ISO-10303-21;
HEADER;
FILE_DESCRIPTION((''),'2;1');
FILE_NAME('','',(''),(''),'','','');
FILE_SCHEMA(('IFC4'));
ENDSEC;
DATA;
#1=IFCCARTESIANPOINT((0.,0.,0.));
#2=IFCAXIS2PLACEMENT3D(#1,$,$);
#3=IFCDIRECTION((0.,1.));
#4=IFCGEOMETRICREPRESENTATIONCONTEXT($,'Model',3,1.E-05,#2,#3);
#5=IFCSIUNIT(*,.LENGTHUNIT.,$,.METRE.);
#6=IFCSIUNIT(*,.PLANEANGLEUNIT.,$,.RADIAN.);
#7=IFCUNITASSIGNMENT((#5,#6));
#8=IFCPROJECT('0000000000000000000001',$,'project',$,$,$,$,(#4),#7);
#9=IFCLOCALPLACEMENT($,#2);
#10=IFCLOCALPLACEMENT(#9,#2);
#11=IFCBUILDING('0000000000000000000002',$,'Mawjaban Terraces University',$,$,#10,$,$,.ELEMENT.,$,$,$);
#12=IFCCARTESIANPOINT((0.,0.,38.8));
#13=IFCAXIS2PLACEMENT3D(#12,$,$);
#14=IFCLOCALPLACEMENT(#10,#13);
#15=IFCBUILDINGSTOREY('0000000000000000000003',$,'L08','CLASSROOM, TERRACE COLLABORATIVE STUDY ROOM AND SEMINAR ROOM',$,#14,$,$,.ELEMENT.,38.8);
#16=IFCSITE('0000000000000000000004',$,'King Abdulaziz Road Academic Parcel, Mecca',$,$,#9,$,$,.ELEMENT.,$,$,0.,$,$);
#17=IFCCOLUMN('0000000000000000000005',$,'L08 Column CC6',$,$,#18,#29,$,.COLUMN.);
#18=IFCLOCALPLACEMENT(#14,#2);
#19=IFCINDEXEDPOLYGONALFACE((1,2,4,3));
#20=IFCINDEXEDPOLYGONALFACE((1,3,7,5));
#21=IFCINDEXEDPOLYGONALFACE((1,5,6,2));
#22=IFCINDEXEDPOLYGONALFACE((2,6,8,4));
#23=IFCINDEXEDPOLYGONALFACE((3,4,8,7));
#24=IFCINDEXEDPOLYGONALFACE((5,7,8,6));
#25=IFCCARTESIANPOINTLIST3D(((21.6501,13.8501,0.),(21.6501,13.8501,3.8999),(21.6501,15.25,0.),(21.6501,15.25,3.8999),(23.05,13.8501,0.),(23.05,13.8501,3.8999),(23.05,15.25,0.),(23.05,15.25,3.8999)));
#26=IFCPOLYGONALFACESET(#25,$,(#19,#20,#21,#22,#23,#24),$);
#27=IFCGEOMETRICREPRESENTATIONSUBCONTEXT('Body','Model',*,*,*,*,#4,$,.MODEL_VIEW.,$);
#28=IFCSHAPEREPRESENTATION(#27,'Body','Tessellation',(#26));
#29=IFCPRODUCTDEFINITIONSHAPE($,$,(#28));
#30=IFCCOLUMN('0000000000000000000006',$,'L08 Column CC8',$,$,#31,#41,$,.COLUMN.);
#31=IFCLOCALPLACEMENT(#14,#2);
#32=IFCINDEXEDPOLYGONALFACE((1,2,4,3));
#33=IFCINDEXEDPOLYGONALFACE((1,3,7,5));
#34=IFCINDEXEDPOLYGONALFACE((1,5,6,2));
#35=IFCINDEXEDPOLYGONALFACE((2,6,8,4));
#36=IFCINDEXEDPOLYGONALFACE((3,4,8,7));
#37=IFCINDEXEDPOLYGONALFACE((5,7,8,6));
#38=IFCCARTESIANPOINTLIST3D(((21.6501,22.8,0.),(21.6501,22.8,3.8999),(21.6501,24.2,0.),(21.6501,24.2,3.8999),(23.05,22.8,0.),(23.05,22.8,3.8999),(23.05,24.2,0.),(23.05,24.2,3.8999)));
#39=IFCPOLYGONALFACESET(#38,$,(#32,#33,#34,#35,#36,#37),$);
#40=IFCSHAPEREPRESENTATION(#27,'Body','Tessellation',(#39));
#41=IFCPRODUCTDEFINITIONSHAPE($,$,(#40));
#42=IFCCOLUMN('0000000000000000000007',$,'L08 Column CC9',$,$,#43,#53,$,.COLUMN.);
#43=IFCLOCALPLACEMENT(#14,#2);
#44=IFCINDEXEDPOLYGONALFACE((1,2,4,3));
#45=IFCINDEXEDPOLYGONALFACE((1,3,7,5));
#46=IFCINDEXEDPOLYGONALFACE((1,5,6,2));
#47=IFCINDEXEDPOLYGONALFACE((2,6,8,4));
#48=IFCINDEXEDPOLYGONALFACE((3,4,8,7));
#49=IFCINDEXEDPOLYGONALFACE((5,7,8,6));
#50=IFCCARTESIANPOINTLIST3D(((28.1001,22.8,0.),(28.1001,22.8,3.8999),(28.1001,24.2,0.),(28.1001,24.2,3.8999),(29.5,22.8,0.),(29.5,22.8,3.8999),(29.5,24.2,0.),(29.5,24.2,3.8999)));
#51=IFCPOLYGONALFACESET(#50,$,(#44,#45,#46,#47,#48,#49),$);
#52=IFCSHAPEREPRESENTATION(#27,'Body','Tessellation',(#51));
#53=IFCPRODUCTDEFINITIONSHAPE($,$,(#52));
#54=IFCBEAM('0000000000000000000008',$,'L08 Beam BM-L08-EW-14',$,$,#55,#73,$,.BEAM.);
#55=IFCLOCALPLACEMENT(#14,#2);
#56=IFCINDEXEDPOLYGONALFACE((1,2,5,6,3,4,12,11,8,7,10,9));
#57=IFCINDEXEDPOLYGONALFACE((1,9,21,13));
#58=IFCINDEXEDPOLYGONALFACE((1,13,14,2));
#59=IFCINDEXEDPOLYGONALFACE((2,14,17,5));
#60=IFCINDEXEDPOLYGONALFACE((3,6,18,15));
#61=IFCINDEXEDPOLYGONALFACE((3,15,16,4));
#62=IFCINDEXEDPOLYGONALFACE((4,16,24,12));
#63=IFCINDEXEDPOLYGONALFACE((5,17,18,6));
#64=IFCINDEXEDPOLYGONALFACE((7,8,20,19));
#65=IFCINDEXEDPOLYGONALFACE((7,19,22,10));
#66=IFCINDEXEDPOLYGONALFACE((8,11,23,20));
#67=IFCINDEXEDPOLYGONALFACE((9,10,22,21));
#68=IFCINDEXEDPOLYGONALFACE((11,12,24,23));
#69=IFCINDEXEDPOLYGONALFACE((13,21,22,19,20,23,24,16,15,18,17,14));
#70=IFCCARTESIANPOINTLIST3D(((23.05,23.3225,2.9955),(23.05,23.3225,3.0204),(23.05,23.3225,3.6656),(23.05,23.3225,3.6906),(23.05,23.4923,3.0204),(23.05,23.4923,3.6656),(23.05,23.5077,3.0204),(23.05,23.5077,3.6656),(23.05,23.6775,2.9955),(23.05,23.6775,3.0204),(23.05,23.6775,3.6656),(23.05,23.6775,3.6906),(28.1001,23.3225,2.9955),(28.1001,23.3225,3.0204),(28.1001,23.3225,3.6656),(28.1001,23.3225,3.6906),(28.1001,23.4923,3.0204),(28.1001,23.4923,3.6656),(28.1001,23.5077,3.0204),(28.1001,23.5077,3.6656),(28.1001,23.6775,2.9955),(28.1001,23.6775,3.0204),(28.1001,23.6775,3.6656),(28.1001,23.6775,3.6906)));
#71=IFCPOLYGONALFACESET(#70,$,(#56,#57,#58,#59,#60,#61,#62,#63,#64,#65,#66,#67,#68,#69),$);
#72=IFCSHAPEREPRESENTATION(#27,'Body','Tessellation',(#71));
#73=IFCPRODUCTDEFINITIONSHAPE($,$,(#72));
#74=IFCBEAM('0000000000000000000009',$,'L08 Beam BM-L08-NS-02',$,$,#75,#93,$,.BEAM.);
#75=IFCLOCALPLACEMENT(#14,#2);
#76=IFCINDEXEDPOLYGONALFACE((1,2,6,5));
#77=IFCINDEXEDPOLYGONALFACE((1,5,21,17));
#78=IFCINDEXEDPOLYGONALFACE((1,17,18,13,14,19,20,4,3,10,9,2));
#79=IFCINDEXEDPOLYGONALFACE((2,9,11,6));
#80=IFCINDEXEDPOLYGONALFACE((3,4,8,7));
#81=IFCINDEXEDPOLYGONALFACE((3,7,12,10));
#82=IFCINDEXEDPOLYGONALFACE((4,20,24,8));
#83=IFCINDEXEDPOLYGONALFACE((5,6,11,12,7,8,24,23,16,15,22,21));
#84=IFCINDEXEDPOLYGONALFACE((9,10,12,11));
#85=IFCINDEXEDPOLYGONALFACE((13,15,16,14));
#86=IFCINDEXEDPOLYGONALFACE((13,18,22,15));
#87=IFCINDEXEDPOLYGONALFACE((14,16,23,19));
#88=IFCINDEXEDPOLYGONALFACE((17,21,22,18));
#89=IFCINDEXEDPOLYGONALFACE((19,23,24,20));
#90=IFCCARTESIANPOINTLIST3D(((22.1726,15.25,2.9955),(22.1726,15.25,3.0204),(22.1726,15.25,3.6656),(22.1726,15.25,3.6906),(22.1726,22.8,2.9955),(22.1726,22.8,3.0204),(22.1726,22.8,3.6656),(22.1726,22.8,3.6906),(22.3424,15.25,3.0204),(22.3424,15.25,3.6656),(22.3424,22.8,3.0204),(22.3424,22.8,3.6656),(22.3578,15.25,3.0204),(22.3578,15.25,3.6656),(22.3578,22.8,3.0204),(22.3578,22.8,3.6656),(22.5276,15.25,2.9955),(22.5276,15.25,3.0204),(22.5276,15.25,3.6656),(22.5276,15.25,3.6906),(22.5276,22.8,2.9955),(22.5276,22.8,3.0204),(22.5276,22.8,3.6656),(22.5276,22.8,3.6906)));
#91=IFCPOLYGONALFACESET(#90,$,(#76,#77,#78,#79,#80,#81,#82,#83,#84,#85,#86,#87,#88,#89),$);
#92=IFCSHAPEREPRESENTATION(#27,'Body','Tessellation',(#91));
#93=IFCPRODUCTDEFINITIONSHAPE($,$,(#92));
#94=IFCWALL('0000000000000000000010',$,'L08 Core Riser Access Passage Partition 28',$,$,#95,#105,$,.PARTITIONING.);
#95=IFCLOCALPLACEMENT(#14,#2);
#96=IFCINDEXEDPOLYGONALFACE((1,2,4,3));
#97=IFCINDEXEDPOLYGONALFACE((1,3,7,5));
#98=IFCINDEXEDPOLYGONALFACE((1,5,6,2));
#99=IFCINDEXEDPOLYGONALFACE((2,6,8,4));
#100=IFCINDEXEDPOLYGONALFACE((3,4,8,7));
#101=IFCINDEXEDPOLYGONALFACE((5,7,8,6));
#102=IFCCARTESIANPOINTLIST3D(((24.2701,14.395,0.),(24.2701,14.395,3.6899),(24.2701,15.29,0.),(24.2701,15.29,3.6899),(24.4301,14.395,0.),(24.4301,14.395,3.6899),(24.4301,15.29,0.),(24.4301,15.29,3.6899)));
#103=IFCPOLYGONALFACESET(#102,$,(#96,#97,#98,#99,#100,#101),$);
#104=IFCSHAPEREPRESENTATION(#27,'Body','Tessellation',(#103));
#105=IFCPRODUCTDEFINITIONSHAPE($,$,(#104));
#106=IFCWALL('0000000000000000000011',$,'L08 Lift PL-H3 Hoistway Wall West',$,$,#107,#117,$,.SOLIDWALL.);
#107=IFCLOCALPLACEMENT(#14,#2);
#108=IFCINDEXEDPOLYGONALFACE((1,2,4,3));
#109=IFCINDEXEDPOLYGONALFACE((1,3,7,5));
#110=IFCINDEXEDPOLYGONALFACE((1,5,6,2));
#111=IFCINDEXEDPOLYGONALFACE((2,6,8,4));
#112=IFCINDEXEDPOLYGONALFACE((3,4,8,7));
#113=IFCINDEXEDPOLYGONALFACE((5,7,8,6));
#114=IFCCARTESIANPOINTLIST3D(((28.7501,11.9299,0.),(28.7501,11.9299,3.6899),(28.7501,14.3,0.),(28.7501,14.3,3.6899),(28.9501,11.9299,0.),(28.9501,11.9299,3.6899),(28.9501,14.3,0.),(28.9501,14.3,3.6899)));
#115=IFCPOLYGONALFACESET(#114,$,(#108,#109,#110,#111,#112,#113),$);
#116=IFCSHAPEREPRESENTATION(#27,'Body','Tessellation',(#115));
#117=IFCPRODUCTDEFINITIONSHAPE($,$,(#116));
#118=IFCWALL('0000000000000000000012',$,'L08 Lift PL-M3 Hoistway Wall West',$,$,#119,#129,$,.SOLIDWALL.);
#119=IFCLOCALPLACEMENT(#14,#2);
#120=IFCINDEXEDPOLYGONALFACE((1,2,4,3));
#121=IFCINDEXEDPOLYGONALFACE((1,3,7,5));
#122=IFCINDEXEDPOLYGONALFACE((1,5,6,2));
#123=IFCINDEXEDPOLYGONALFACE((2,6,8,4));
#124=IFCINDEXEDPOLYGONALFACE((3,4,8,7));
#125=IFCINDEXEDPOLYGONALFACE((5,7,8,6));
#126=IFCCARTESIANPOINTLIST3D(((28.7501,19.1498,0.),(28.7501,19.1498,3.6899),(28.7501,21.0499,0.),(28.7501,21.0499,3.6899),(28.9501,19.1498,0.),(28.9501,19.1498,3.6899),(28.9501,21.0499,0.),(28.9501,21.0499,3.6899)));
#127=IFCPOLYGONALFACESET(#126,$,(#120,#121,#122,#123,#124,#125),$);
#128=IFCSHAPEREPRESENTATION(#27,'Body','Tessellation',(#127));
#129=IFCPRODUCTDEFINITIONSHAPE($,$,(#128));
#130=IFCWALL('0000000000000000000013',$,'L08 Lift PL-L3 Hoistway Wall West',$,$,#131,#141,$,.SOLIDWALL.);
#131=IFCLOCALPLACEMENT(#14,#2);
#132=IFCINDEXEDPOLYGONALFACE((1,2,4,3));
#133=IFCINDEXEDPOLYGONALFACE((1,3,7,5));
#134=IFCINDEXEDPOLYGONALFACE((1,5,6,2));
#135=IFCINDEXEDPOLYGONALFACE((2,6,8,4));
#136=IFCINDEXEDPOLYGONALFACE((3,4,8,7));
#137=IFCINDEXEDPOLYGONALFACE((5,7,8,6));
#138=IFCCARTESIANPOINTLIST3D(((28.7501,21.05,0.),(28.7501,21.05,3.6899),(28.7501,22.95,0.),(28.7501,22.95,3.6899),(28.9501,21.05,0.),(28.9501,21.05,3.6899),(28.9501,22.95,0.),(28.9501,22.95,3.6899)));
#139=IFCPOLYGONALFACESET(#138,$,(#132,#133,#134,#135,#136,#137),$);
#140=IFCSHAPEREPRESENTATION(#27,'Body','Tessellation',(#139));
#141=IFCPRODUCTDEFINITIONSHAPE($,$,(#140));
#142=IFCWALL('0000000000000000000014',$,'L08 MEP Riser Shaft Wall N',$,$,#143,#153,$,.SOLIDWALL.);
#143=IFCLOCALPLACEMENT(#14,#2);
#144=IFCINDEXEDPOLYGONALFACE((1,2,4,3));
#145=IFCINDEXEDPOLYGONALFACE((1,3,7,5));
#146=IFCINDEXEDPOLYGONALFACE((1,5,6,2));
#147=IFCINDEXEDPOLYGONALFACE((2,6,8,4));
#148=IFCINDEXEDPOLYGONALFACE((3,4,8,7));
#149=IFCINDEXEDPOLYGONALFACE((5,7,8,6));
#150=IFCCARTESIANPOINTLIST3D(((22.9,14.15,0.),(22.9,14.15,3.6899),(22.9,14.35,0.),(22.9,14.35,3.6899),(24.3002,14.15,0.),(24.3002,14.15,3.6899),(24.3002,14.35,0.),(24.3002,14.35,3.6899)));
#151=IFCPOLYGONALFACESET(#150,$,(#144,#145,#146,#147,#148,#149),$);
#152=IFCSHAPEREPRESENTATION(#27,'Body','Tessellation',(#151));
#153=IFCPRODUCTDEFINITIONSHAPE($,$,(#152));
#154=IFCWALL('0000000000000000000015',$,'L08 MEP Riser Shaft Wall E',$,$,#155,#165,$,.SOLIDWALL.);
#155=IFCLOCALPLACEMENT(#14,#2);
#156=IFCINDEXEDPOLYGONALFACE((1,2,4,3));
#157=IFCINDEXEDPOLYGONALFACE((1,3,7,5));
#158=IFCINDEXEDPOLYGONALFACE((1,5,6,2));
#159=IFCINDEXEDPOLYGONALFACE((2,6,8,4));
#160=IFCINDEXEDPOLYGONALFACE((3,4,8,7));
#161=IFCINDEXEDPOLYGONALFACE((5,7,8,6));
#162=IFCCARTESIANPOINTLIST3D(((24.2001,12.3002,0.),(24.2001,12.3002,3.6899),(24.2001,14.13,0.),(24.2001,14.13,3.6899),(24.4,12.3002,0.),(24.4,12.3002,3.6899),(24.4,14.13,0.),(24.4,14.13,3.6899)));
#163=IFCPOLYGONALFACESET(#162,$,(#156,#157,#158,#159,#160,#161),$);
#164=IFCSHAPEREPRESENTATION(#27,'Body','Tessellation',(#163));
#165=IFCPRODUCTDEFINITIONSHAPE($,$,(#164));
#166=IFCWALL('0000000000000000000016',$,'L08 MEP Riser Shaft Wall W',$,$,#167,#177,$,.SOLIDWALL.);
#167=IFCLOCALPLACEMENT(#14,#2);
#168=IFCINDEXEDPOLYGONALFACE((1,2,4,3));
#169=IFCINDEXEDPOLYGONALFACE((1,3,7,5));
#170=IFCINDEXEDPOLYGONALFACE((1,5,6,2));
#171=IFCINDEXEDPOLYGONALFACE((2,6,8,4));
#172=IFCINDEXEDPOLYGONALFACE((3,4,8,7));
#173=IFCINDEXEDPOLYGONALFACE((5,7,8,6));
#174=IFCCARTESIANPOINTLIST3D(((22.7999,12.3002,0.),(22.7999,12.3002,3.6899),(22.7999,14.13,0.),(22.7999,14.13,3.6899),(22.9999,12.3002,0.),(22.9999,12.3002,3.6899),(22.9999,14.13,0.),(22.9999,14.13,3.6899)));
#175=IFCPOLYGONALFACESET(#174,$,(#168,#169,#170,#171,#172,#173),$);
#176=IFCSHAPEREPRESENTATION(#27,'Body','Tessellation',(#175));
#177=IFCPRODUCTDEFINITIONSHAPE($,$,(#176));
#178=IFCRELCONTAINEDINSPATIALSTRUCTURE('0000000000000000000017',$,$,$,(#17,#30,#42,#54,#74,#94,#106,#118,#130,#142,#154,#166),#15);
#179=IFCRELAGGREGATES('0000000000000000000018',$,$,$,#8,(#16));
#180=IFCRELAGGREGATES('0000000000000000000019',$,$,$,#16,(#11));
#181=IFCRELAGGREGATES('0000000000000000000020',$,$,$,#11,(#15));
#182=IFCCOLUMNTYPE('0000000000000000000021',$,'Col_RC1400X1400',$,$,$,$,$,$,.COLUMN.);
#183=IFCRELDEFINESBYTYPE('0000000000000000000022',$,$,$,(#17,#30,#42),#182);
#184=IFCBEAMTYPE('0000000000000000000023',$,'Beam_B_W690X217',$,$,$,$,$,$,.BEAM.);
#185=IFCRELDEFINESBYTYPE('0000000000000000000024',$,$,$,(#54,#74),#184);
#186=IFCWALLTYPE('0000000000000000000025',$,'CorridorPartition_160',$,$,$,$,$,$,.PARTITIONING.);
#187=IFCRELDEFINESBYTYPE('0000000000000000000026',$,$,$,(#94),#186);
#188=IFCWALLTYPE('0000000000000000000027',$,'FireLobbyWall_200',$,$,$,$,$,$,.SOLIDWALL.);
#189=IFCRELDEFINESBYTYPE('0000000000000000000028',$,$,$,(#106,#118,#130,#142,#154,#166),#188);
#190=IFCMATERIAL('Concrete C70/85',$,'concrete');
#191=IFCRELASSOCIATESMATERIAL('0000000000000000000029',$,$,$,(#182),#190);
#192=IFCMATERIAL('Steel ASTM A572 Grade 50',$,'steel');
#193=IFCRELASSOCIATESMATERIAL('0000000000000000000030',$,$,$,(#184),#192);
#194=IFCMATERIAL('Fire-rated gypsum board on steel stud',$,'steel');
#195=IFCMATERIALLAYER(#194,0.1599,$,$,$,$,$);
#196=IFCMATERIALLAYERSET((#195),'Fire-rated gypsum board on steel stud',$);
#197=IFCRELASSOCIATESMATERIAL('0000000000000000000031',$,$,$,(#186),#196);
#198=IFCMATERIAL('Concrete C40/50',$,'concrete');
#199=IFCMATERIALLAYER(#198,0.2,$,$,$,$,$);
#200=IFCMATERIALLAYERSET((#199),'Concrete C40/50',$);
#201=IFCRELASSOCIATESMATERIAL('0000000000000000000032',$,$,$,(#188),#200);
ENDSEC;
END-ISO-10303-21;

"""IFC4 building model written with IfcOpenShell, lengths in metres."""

from ifc_helpers import new_model, si_unit, direction, frame, frame_2d, origin, origin_2d, place, context, subcontext, project, spatial, rectangle, i_section, extrude, material, layer, layer_set, material_profile, profile_set, type_object, element, save


model = new_model("IFC4")

# Units and contexts
model_context = context("Model", 3, precision=1e-05, world=origin(), true_north=direction((0.0, 1.0)))
body_context = subcontext(model_context, "Body", "Model", "MODEL_VIEW")
ifc_project = project(units=[si_unit("LENGTHUNIT", "METRE"), si_unit("PLANEANGLEUNIT", "RADIAN")], contexts=[model_context])

# Site, building, storey
site_placement = place(None, origin())
site = spatial("IfcSite", under=ifc_project, at=site_placement, Name="King Abdulaziz Road Academic Parcel, Mecca", CompositionType="ELEMENT", RefElevation=0.0)
building_placement = place(site_placement, origin())
building = spatial("IfcBuilding", under=site, at=building_placement, Name="Mawjaban Terraces University", CompositionType="ELEMENT")
storey_placement = place(building_placement, frame((0.0, 0.0, 38.8)))
storey = spatial("IfcBuildingStorey", under=building, at=storey_placement, Name="L08", Description="CLASSROOM, TERRACE COLLABORATIVE STUDY ROOM AND SEMINAR ROOM", CompositionType="ELEMENT", Elevation=38.8)

# Columns
ifc_material_1 = material(Name="Concrete C70/85", Category="concrete")
ifc_material_profile_1 = material_profile(ifc_material_1, rectangle(XDim=1.3999, YDim=1.3999, at=origin_2d()), Name="RC1400X1400")
ifc_profile_set_1 = profile_set([ifc_material_profile_1], Name="Concrete C70/85")
column_type = type_object("IfcColumnType", Name="Col_RC1400X1400", PredefinedType="COLUMN", material=ifc_profile_set_1)
for number, where, z_axis, x_axis, name in (
    (1, (22.3501, 14.55, 0.0), (0.0, 0.0, 1.0), (1.0, 0.0, 0.0), "L08 Column CC6"),
    (2, (22.3501, 23.5, 0.0), (0.0, 0.0, 1.0), (1.0, 0.0, 0.0), "L08 Column CC8"),
    (3, (28.8, 23.5, 0.0), (0.0, 0.0, 1.0), (1.0, 0.0, 0.0), "L08 Column CC9"),
):
    element("IfcColumn", number, at=place(storey_placement, frame(where, z_axis=z_axis, x_axis=x_axis)), inside=storey, type_object=column_type, Name=name, PredefinedType="COLUMN", context=body_context, shape_type="SweptSolid", body=[
        extrude(rectangle(XDim=1.3999, YDim=1.3999, at=origin_2d()), origin(), (0.0, 0.0, 1.0), 3.8999),
    ])

# Beams
ifc_material_2 = material(Name="Steel ASTM A572 Grade 50", Category="steel")
ifc_material_profile_2 = material_profile(ifc_material_2, i_section(OverallWidth=0.355, OverallDepth=0.6951, WebThickness=0.0154, FlangeThickness=0.0249, at=origin_2d()), Name="W690X217")
ifc_profile_set_2 = profile_set([ifc_material_profile_2], Name="Steel ASTM A572 Grade 50")
beam_type = type_object("IfcBeamType", Name="Beam_B_W690X217", PredefinedType="BEAM", material=ifc_profile_set_2)
beam_1_placement = place(storey_placement, frame((23.05, 23.5, 3.343), z_axis=(1.0, 0.0, 0.0), x_axis=(0.0, 1.0, 0.0)))
element("IfcBeam", 4, at=beam_1_placement, inside=storey, type_object=beam_type, Name="L08 Beam BM-L08-EW-14", PredefinedType="BEAM", context=body_context, shape_type="SweptSolid", body=[
    extrude(i_section(OverallWidth=0.355, OverallDepth=0.6951, WebThickness=0.0154, FlangeThickness=0.0249, at=origin_2d()), origin(), (0.0, 0.0, 1.0), 5.05),
])
beam_2_placement = place(storey_placement, frame((22.3501, 15.25, 3.343), z_axis=(0.0, 1.0, 0.0), x_axis=(-1.0, 0.0, 0.0)))
element("IfcBeam", 5, at=beam_2_placement, inside=storey, type_object=beam_type, Name="L08 Beam BM-L08-NS-02", PredefinedType="BEAM", context=body_context, shape_type="SweptSolid", body=[
    extrude(i_section(OverallWidth=0.355, OverallDepth=0.6951, WebThickness=0.0154, FlangeThickness=0.0249, at=origin_2d()), origin(), (0.0, 0.0, 1.0), 7.55),
])

# Walls
ifc_material_3 = material(Name="Fire-rated gypsum board on steel stud", Category="steel")
ifc_layer_1 = layer(ifc_material_3, 0.1599)
ifc_layer_set_1 = layer_set([ifc_layer_1], Name="Fire-rated gypsum board on steel stud")
wall_type_1 = type_object("IfcWallType", Name="CorridorPartition_160", PredefinedType="PARTITIONING", material=ifc_layer_set_1)
wall_1_placement = place(storey_placement, frame((24.3501, 15.29, 0.0), z_axis=(0.0, 0.0, 1.0), x_axis=(0.0, -1.0, 0.0)))
element("IfcWall", 6, at=wall_1_placement, inside=storey, type_object=wall_type_1, Name="L08 Core Riser Access Passage Partition 28", PredefinedType="PARTITIONING", context=body_context, shape_type="SweptSolid", body=[
    extrude(rectangle(XDim=0.895, YDim=0.1599, at=frame_2d((0.4475, 0.0))), origin(), (0.0, 0.0, 1.0), 3.6899),
])
ifc_material_4 = material(Name="Concrete C40/50", Category="concrete")
ifc_layer_2 = layer(ifc_material_4, 0.2)
ifc_layer_set_2 = layer_set([ifc_layer_2], Name="Concrete C40/50")
wall_type_2 = type_object("IfcWallType", Name="FireLobbyWall_200", PredefinedType="SOLIDWALL", material=ifc_layer_set_2)
wall_2_placement = place(storey_placement, frame((28.8501, 14.3, 0.0), z_axis=(0.0, 0.0, 1.0), x_axis=(0.0, -1.0, 0.0)))
element("IfcWall", 7, at=wall_2_placement, inside=storey, type_object=wall_type_2, Name="L08 Lift PL-H3 Hoistway Wall West", PredefinedType="SOLIDWALL", context=body_context, shape_type="SweptSolid", body=[
    extrude(rectangle(XDim=2.3701, YDim=0.2, at=frame_2d((1.1851, 0.0))), origin(), (0.0, 0.0, 1.0), 3.6899),
])
wall_3_placement = place(storey_placement, frame((28.8501, 21.05, 0.0), z_axis=(0.0, 0.0, 1.0), x_axis=(0.0, -1.0, 0.0)))
element("IfcWall", 8, at=wall_3_placement, inside=storey, type_object=wall_type_2, Name="L08 Lift PL-M3 Hoistway Wall West", PredefinedType="SOLIDWALL", context=body_context, shape_type="SweptSolid", body=[
    extrude(rectangle(XDim=1.9001, YDim=0.2, at=frame_2d((0.9502, 0.0))), origin(), (0.0, 0.0, 1.0), 3.6899),
])
wall_4_placement = place(storey_placement, frame((28.8501, 22.95, 0.0), z_axis=(0.0, 0.0, 1.0), x_axis=(0.0, -1.0, 0.0)))
element("IfcWall", 9, at=wall_4_placement, inside=storey, type_object=wall_type_2, Name="L08 Lift PL-L3 Hoistway Wall West", PredefinedType="SOLIDWALL", context=body_context, shape_type="SweptSolid", body=[
    extrude(rectangle(XDim=1.8999, YDim=0.2, at=frame_2d((0.95, 0.0))), origin(), (0.0, 0.0, 1.0), 3.6899),
])
wall_5_placement = place(storey_placement, frame((22.8999, 14.25, 0.0), z_axis=(0.0, 0.0, 1.0), x_axis=(1.0, 0.0, 0.0)))
element("IfcWall", 10, at=wall_5_placement, inside=storey, type_object=wall_type_2, Name="L08 MEP Riser Shaft Wall N", PredefinedType="SOLIDWALL", context=body_context, shape_type="SweptSolid", body=[
    extrude(rectangle(XDim=1.4001, YDim=0.2, at=frame_2d((0.7002, 0.0))), origin(), (0.0, 0.0, 1.0), 3.6899),
])
for number, where, z_axis, x_axis, name in (
    (11, (24.3, 12.3, 0.0), (0.0, 0.0, 1.0), (0.0, 1.0, 0.0), "L08 MEP Riser Shaft Wall E"),
    (12, (22.8999, 12.3, 0.0), (0.0, 0.0, 1.0), (0.0, 1.0, 0.0), "L08 MEP Riser Shaft Wall W"),
):
    element("IfcWall", number, at=place(storey_placement, frame(where, z_axis=z_axis, x_axis=x_axis)), inside=storey, type_object=wall_type_2, Name=name, PredefinedType="SOLIDWALL", context=body_context, shape_type="SweptSolid", body=[
        extrude(rectangle(XDim=1.8298, YDim=0.2, at=frame_2d((0.915, 0.0))), origin(), (0.0, 0.0, 1.0), 3.6899),
    ])

save(model, "model.ifc")
